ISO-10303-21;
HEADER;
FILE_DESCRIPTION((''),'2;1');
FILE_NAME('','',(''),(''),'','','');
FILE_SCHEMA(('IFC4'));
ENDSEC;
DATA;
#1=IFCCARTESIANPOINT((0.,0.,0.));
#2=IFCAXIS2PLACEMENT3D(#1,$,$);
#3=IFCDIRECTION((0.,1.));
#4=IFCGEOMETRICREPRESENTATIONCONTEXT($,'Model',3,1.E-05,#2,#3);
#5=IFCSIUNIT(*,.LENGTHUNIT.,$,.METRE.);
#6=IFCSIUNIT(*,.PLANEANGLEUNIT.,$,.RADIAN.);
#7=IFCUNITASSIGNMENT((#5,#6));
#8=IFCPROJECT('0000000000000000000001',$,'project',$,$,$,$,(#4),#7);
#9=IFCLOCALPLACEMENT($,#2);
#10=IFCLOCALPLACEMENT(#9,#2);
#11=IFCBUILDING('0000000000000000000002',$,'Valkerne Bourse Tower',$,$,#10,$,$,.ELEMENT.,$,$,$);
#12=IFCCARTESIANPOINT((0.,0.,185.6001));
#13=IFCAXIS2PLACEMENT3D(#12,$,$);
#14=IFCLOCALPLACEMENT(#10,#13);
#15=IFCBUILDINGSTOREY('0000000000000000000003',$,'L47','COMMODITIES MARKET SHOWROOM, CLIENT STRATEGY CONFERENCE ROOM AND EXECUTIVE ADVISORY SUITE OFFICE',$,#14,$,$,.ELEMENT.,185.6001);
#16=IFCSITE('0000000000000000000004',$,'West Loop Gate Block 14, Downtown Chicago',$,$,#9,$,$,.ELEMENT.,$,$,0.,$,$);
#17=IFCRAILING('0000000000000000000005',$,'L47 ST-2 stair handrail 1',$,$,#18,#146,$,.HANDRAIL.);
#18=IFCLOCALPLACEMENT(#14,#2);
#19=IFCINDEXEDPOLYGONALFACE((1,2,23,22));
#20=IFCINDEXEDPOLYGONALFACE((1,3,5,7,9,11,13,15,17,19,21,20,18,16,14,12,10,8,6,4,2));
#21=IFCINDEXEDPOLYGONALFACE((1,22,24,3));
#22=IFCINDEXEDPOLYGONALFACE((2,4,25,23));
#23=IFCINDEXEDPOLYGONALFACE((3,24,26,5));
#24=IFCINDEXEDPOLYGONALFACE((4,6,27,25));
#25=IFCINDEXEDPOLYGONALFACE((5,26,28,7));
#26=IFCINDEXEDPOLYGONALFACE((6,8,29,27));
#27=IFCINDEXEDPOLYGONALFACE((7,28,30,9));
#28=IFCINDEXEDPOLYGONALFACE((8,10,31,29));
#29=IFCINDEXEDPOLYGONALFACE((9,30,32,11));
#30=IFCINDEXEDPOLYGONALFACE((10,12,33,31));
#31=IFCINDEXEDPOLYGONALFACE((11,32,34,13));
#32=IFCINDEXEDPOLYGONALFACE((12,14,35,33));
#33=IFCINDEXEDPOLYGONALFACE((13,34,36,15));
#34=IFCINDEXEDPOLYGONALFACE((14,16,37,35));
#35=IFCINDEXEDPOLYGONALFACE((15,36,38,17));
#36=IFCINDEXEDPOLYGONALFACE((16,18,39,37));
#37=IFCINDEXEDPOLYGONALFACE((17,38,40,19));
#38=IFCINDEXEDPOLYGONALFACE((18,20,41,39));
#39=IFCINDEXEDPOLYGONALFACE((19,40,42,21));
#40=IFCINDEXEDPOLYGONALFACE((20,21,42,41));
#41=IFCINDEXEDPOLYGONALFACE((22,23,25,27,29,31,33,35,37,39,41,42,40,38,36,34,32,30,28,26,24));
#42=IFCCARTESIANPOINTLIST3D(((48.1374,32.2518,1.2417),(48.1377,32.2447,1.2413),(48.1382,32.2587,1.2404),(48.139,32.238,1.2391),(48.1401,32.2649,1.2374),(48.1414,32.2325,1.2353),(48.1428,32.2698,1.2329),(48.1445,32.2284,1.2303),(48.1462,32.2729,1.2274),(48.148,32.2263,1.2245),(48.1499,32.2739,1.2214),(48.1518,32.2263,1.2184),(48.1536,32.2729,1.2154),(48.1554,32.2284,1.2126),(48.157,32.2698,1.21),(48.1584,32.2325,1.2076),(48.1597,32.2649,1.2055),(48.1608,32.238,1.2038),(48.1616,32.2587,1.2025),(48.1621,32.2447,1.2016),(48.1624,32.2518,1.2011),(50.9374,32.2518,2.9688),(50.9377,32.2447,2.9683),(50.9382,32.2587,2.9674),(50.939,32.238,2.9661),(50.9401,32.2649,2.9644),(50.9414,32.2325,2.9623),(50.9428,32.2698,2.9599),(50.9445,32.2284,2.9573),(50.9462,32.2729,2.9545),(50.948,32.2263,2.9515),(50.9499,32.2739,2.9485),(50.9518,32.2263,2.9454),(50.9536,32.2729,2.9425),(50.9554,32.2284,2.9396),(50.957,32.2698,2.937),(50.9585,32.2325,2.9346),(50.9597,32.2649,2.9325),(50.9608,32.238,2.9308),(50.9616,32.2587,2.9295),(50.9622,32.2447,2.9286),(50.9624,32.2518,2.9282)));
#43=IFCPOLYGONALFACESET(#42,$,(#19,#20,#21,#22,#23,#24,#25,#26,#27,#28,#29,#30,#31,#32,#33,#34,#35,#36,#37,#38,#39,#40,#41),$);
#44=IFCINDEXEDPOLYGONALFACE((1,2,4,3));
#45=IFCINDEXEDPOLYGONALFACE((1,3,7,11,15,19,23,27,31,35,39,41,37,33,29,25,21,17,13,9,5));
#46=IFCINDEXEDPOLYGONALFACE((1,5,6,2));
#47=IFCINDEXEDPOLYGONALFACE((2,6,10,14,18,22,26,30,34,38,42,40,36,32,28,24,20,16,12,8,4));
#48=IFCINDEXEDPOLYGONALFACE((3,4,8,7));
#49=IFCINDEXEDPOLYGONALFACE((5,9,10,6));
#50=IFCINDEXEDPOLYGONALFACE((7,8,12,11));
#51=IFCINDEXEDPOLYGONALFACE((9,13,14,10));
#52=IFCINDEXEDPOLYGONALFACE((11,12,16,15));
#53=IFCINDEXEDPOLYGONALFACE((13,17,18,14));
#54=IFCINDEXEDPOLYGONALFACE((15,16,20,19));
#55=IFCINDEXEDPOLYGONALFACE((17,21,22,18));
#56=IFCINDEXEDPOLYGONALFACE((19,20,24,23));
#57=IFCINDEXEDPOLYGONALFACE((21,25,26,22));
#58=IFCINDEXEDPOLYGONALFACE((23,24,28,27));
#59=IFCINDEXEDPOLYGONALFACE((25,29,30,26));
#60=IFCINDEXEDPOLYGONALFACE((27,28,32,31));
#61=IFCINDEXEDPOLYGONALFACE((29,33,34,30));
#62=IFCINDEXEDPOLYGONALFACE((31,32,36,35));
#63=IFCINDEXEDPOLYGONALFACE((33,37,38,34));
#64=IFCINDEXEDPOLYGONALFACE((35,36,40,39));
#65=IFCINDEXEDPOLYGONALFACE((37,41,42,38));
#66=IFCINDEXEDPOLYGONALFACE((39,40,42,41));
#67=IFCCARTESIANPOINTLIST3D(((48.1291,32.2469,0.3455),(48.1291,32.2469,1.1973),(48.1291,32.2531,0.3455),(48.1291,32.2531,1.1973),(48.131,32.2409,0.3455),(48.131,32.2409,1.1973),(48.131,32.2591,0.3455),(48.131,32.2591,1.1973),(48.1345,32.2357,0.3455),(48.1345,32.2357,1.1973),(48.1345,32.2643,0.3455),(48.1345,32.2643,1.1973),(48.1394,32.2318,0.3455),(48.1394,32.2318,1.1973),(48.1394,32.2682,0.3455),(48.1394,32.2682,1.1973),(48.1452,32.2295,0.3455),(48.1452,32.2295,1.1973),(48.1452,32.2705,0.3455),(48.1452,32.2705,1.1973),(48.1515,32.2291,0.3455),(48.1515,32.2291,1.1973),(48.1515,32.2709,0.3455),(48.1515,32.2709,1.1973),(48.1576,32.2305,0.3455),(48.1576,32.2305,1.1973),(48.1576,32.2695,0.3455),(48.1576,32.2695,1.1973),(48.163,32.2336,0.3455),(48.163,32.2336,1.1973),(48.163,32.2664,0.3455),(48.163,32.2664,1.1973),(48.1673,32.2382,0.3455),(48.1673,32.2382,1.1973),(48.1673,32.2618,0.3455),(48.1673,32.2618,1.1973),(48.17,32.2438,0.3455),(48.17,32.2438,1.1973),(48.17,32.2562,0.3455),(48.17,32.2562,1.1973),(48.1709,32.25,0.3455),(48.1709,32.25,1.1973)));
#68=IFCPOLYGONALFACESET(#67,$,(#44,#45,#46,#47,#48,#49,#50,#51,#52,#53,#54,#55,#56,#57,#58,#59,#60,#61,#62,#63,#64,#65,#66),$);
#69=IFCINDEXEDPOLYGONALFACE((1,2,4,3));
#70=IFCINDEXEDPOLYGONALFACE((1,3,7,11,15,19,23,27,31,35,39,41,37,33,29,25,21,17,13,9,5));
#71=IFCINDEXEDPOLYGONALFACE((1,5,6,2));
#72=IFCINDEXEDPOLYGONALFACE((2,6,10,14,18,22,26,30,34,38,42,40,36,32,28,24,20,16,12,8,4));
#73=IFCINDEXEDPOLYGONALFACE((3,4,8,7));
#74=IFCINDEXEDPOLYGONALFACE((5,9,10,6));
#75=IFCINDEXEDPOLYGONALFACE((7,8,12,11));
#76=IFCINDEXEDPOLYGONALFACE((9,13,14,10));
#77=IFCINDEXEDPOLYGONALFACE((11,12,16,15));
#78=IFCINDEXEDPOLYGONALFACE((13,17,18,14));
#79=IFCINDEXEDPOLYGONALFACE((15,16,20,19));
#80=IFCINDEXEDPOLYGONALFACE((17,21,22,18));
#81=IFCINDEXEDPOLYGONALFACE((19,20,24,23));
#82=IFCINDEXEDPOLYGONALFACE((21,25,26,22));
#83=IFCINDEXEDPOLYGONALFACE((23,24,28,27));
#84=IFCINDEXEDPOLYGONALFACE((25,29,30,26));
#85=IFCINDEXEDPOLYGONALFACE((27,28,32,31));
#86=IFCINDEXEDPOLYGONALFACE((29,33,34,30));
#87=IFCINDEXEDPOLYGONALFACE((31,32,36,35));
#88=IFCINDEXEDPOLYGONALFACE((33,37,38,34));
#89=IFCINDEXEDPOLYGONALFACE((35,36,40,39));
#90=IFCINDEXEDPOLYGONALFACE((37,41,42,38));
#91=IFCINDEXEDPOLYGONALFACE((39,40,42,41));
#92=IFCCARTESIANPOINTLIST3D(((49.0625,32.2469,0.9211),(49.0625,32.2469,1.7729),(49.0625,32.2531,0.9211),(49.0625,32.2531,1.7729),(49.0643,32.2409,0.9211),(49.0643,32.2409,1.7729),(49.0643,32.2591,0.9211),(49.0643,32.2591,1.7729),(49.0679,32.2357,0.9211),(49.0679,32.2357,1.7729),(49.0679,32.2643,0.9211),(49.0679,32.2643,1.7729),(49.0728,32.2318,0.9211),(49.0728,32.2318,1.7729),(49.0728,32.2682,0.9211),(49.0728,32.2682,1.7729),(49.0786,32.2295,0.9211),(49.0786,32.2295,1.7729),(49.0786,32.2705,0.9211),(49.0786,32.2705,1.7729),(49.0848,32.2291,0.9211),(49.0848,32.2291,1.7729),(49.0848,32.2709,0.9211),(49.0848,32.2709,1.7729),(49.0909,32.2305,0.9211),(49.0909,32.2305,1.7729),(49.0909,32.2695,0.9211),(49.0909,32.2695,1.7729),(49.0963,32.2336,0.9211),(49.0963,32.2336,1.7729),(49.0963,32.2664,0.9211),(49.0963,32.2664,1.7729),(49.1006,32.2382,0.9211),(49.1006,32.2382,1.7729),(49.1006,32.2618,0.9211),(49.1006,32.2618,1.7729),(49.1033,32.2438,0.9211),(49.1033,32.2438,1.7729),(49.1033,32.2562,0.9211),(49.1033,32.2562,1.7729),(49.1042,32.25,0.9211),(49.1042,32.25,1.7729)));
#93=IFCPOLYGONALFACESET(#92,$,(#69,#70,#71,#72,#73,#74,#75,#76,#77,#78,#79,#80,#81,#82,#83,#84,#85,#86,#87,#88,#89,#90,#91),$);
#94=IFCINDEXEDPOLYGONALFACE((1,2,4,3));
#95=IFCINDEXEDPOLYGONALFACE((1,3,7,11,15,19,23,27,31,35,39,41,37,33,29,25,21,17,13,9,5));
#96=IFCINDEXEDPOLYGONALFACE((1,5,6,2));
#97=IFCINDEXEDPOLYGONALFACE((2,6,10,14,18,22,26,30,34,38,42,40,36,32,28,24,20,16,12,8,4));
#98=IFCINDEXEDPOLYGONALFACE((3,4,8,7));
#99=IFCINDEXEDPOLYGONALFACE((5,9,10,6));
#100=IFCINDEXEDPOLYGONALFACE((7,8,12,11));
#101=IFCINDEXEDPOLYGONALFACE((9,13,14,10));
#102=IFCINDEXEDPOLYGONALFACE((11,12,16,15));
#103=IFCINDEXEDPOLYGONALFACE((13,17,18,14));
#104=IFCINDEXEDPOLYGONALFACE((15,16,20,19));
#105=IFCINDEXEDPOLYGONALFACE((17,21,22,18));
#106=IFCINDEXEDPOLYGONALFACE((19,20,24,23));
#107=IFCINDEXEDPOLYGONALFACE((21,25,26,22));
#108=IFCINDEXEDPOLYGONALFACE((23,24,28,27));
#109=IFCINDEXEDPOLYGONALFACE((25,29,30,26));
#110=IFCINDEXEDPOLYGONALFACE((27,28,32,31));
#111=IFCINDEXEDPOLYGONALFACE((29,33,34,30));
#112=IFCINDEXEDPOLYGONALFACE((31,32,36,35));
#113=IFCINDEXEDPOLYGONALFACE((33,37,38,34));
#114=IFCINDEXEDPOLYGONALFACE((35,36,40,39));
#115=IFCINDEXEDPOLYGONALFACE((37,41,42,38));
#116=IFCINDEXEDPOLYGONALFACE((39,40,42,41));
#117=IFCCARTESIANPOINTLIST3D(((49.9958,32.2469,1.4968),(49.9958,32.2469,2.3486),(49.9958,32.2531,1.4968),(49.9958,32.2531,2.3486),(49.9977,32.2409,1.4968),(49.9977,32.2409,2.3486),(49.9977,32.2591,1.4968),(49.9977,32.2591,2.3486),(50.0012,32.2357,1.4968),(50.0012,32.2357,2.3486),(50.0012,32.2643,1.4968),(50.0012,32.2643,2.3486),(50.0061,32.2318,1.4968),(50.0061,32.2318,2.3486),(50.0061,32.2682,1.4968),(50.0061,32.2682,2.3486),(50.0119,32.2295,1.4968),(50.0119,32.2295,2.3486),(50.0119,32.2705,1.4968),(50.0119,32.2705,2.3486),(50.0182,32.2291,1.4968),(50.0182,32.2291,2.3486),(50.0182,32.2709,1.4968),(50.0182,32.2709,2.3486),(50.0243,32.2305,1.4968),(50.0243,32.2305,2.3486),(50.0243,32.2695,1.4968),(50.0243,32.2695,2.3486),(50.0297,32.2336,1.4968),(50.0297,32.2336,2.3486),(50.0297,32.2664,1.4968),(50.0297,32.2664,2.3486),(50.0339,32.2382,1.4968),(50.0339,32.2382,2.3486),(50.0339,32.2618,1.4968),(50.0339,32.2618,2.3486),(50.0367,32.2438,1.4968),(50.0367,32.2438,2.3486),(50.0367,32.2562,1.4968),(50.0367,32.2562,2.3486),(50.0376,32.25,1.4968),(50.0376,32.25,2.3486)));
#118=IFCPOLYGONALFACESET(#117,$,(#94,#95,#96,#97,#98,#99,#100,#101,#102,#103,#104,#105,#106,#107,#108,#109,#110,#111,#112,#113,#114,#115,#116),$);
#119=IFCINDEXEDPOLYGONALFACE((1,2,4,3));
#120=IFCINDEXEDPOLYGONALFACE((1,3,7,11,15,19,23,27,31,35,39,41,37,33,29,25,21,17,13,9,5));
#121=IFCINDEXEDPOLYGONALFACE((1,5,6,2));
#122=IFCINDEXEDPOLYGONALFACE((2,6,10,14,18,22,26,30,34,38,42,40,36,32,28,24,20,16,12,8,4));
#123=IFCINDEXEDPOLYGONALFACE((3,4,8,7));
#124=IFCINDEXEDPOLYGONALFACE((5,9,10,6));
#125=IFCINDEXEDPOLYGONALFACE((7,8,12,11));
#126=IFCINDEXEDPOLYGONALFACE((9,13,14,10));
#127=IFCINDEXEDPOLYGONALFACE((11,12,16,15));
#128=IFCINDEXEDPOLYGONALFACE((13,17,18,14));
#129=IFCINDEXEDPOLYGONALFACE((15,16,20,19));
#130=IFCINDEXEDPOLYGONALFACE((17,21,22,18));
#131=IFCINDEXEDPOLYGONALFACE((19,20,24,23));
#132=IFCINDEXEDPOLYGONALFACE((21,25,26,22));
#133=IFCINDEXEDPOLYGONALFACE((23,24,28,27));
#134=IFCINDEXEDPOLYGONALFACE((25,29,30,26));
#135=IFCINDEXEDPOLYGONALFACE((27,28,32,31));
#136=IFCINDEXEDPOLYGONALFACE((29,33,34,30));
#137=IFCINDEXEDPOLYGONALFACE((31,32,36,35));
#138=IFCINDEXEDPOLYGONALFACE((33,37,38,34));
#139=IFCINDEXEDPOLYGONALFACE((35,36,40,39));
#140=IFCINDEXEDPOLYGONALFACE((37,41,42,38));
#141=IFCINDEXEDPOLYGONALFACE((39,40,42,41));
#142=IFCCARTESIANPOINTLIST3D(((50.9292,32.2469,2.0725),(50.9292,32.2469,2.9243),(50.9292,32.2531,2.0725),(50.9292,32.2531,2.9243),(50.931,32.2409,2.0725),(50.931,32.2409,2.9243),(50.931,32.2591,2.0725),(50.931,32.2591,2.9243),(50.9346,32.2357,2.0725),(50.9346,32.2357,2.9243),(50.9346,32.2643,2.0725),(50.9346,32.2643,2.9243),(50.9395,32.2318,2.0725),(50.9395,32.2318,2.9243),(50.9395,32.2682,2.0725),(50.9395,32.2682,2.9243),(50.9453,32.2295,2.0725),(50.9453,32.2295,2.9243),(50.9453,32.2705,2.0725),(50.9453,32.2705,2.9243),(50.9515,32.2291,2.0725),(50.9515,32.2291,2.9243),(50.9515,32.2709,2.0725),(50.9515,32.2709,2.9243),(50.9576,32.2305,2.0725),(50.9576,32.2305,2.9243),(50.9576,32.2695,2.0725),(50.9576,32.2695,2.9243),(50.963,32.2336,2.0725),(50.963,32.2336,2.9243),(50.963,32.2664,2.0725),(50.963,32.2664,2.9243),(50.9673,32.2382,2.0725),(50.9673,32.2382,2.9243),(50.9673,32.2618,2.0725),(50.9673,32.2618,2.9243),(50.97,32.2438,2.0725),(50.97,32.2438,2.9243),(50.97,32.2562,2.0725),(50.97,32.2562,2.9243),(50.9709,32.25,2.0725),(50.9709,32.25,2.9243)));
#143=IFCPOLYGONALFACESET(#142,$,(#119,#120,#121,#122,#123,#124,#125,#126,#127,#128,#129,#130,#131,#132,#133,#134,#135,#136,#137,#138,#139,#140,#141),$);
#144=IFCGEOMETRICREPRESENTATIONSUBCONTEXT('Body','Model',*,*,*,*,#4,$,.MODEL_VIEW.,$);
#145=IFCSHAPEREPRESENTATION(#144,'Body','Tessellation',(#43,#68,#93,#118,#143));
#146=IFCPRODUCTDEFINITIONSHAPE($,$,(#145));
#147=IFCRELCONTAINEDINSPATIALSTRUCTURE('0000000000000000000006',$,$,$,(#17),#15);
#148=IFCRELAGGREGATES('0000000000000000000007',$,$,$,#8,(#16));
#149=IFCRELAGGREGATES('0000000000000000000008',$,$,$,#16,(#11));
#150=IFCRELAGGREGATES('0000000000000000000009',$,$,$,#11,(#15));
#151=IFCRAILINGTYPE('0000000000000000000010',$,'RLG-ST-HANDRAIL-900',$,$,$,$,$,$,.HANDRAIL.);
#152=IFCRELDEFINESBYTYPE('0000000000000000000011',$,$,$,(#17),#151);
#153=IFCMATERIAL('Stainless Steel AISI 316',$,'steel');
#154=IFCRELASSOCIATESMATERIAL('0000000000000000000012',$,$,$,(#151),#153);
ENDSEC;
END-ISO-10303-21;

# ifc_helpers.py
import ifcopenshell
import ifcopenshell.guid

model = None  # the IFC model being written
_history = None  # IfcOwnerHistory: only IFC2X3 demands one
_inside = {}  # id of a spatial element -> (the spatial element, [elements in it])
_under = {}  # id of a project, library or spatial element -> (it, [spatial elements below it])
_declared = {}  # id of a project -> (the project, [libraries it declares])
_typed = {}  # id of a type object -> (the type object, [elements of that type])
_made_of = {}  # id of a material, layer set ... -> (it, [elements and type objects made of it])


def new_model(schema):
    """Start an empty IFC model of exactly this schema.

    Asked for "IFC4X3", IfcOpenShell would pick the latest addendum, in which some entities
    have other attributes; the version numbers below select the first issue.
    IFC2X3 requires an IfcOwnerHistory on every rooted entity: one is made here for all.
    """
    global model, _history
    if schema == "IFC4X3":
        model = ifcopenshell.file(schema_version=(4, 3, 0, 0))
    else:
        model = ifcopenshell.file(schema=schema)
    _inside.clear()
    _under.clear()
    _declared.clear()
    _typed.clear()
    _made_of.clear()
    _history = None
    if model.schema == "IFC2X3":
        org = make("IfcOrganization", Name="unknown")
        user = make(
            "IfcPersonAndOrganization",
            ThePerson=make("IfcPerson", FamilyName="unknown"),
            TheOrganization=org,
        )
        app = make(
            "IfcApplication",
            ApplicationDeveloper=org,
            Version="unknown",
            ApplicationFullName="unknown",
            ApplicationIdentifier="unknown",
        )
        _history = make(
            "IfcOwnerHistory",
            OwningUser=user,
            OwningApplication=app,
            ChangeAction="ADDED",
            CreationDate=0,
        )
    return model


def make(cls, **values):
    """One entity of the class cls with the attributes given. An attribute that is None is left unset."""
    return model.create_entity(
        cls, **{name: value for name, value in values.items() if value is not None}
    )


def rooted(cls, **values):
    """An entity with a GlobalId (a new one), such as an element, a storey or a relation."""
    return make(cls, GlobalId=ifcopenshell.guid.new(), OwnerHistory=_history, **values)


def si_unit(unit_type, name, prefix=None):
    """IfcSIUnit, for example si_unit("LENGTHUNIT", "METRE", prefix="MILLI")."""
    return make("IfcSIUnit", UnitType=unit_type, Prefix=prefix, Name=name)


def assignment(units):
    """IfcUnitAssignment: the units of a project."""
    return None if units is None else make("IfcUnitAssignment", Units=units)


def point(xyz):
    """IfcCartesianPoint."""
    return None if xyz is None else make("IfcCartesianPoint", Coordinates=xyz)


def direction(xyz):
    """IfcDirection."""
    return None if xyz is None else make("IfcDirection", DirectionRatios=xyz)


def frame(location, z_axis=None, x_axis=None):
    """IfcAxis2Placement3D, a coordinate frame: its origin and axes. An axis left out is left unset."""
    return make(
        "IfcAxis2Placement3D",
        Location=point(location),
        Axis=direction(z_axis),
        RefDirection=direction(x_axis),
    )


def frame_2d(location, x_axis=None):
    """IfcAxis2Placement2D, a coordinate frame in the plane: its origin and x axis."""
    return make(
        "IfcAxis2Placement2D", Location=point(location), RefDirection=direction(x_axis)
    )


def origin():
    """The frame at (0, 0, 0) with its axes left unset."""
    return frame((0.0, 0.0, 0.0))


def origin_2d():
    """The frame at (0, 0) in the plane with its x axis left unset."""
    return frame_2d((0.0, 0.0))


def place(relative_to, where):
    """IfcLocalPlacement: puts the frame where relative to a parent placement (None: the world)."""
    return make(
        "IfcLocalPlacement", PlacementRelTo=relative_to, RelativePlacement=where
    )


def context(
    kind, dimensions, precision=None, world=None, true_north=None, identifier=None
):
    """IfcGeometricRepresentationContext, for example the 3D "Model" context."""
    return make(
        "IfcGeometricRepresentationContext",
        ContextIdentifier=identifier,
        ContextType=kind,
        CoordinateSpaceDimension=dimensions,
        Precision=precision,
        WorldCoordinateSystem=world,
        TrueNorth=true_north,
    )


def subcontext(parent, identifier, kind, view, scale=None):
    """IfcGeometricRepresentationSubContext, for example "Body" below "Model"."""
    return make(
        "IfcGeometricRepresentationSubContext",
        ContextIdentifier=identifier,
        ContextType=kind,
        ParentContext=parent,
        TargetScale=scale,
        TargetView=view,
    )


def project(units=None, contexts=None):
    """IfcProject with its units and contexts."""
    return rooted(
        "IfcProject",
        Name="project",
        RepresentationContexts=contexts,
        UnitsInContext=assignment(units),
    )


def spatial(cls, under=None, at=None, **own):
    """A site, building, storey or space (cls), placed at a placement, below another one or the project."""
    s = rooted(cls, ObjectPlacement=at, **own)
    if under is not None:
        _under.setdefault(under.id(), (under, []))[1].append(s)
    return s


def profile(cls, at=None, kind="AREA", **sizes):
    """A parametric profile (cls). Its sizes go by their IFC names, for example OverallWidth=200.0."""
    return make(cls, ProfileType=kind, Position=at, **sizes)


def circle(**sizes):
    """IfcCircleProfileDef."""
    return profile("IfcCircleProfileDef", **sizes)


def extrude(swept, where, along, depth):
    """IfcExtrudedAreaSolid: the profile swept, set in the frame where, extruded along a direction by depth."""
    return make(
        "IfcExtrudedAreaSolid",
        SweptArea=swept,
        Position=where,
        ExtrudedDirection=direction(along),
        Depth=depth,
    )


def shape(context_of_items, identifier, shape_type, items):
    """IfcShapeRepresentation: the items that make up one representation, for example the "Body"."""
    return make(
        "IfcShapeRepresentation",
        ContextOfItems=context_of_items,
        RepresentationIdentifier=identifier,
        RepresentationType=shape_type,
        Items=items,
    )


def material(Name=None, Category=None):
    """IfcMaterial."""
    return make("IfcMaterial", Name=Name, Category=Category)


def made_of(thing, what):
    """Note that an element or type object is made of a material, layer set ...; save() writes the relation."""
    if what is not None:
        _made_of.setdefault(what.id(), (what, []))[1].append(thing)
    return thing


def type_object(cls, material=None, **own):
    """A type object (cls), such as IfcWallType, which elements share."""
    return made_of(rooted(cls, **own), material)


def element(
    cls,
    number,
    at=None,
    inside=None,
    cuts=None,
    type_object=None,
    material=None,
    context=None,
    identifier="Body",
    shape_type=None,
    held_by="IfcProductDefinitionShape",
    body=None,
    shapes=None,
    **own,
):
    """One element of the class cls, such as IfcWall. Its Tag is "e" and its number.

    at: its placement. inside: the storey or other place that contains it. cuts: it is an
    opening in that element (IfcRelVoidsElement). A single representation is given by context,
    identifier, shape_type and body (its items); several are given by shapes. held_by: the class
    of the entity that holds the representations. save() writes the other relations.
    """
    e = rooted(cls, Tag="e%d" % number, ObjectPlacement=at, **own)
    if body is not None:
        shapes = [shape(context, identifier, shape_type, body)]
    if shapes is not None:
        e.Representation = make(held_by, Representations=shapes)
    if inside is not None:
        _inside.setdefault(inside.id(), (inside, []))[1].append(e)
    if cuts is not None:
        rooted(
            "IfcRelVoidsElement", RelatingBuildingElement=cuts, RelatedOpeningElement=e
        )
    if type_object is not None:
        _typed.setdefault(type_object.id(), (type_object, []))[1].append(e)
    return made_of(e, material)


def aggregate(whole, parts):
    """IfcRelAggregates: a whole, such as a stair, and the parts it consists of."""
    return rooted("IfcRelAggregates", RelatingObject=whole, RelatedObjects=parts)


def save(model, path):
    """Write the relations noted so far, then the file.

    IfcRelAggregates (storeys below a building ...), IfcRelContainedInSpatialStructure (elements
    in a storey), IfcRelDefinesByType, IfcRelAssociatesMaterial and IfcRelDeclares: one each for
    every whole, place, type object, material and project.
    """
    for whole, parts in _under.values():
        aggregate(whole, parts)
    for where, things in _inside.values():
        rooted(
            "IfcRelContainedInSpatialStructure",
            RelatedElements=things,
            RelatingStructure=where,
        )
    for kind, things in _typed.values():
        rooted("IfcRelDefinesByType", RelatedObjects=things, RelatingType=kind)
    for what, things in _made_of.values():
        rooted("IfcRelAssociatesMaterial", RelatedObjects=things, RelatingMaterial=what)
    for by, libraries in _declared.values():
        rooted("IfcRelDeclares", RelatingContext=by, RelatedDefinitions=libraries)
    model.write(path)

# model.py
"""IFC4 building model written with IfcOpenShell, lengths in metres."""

from ifc_helpers import new_model, si_unit, direction, frame, origin, origin_2d, place, context, subcontext, project, spatial, circle, extrude, material, type_object, element, save


model = new_model("IFC4")

# Units and contexts
model_context = context("Model", 3, precision=1e-05, world=origin(), true_north=direction((0.0, 1.0)))
body_context = subcontext(model_context, "Body", "Model", "MODEL_VIEW")
ifc_project = project(units=[si_unit("LENGTHUNIT", "METRE"), si_unit("PLANEANGLEUNIT", "RADIAN")], contexts=[model_context])

# Site, building, storey
site_placement = place(None, origin())
site = spatial("IfcSite", under=ifc_project, at=site_placement, Name="West Loop Gate Block 14, Downtown Chicago", CompositionType="ELEMENT", RefElevation=0.0)
building_placement = place(site_placement, origin())
building = spatial("IfcBuilding", under=site, at=building_placement, Name="Valkerne Bourse Tower", CompositionType="ELEMENT")
storey_placement = place(building_placement, frame((0.0, 0.0, 185.6001)))
storey = spatial("IfcBuildingStorey", under=building, at=storey_placement, Name="L47", Description="COMMODITIES MARKET SHOWROOM, CLIENT STRATEGY CONFERENCE ROOM AND EXECUTIVE ADVISORY SUITE OFFICE", CompositionType="ELEMENT", Elevation=185.6001)

# Shared definitions
ifc_material_1 = material(Name="Stainless Steel AISI 316", Category="steel")

# Railing
railing_type_1 = type_object("IfcRailingType", Name="RLG-ST-HANDRAIL-900", PredefinedType="HANDRAIL", material=ifc_material_1)
railing_1_placement = place(storey_placement, frame((48.1499, 32.25, 0.3455)))
element("IfcRailing", 1, at=railing_1_placement, inside=storey, type_object=railing_type_1, Name="L47 ST-2 stair handrail 1", PredefinedType="HANDRAIL", context=body_context, shape_type="SweptSolid", body=[
    extrude(circle(Radius=0.0239, at=origin_2d()), frame((0.0, 0.0, 0.876), z_axis=(0.851123, 0.0, 0.524967), x_axis=(0.0, 1.0, 0.0)), (0.0, 0.0, 1.0), 3.2898),
    extrude(circle(Radius=0.021, at=origin_2d()), origin(), (0.0, 0.0, 1.0), 0.8518),
    extrude(circle(Radius=0.021, at=origin_2d()), frame((0.9333, 0.0, 0.5757)), (0.0, 0.0, 1.0), 0.8518),
    extrude(circle(Radius=0.021, at=origin_2d()), frame((1.8667, 0.0, 1.1514)), (0.0, 0.0, 1.0), 0.8518),
    extrude(circle(Radius=0.021, at=origin_2d()), frame((2.8, 0.0, 1.7271)), (0.0, 0.0, 1.0), 0.8518),
])

save(model, "model.ifc")
